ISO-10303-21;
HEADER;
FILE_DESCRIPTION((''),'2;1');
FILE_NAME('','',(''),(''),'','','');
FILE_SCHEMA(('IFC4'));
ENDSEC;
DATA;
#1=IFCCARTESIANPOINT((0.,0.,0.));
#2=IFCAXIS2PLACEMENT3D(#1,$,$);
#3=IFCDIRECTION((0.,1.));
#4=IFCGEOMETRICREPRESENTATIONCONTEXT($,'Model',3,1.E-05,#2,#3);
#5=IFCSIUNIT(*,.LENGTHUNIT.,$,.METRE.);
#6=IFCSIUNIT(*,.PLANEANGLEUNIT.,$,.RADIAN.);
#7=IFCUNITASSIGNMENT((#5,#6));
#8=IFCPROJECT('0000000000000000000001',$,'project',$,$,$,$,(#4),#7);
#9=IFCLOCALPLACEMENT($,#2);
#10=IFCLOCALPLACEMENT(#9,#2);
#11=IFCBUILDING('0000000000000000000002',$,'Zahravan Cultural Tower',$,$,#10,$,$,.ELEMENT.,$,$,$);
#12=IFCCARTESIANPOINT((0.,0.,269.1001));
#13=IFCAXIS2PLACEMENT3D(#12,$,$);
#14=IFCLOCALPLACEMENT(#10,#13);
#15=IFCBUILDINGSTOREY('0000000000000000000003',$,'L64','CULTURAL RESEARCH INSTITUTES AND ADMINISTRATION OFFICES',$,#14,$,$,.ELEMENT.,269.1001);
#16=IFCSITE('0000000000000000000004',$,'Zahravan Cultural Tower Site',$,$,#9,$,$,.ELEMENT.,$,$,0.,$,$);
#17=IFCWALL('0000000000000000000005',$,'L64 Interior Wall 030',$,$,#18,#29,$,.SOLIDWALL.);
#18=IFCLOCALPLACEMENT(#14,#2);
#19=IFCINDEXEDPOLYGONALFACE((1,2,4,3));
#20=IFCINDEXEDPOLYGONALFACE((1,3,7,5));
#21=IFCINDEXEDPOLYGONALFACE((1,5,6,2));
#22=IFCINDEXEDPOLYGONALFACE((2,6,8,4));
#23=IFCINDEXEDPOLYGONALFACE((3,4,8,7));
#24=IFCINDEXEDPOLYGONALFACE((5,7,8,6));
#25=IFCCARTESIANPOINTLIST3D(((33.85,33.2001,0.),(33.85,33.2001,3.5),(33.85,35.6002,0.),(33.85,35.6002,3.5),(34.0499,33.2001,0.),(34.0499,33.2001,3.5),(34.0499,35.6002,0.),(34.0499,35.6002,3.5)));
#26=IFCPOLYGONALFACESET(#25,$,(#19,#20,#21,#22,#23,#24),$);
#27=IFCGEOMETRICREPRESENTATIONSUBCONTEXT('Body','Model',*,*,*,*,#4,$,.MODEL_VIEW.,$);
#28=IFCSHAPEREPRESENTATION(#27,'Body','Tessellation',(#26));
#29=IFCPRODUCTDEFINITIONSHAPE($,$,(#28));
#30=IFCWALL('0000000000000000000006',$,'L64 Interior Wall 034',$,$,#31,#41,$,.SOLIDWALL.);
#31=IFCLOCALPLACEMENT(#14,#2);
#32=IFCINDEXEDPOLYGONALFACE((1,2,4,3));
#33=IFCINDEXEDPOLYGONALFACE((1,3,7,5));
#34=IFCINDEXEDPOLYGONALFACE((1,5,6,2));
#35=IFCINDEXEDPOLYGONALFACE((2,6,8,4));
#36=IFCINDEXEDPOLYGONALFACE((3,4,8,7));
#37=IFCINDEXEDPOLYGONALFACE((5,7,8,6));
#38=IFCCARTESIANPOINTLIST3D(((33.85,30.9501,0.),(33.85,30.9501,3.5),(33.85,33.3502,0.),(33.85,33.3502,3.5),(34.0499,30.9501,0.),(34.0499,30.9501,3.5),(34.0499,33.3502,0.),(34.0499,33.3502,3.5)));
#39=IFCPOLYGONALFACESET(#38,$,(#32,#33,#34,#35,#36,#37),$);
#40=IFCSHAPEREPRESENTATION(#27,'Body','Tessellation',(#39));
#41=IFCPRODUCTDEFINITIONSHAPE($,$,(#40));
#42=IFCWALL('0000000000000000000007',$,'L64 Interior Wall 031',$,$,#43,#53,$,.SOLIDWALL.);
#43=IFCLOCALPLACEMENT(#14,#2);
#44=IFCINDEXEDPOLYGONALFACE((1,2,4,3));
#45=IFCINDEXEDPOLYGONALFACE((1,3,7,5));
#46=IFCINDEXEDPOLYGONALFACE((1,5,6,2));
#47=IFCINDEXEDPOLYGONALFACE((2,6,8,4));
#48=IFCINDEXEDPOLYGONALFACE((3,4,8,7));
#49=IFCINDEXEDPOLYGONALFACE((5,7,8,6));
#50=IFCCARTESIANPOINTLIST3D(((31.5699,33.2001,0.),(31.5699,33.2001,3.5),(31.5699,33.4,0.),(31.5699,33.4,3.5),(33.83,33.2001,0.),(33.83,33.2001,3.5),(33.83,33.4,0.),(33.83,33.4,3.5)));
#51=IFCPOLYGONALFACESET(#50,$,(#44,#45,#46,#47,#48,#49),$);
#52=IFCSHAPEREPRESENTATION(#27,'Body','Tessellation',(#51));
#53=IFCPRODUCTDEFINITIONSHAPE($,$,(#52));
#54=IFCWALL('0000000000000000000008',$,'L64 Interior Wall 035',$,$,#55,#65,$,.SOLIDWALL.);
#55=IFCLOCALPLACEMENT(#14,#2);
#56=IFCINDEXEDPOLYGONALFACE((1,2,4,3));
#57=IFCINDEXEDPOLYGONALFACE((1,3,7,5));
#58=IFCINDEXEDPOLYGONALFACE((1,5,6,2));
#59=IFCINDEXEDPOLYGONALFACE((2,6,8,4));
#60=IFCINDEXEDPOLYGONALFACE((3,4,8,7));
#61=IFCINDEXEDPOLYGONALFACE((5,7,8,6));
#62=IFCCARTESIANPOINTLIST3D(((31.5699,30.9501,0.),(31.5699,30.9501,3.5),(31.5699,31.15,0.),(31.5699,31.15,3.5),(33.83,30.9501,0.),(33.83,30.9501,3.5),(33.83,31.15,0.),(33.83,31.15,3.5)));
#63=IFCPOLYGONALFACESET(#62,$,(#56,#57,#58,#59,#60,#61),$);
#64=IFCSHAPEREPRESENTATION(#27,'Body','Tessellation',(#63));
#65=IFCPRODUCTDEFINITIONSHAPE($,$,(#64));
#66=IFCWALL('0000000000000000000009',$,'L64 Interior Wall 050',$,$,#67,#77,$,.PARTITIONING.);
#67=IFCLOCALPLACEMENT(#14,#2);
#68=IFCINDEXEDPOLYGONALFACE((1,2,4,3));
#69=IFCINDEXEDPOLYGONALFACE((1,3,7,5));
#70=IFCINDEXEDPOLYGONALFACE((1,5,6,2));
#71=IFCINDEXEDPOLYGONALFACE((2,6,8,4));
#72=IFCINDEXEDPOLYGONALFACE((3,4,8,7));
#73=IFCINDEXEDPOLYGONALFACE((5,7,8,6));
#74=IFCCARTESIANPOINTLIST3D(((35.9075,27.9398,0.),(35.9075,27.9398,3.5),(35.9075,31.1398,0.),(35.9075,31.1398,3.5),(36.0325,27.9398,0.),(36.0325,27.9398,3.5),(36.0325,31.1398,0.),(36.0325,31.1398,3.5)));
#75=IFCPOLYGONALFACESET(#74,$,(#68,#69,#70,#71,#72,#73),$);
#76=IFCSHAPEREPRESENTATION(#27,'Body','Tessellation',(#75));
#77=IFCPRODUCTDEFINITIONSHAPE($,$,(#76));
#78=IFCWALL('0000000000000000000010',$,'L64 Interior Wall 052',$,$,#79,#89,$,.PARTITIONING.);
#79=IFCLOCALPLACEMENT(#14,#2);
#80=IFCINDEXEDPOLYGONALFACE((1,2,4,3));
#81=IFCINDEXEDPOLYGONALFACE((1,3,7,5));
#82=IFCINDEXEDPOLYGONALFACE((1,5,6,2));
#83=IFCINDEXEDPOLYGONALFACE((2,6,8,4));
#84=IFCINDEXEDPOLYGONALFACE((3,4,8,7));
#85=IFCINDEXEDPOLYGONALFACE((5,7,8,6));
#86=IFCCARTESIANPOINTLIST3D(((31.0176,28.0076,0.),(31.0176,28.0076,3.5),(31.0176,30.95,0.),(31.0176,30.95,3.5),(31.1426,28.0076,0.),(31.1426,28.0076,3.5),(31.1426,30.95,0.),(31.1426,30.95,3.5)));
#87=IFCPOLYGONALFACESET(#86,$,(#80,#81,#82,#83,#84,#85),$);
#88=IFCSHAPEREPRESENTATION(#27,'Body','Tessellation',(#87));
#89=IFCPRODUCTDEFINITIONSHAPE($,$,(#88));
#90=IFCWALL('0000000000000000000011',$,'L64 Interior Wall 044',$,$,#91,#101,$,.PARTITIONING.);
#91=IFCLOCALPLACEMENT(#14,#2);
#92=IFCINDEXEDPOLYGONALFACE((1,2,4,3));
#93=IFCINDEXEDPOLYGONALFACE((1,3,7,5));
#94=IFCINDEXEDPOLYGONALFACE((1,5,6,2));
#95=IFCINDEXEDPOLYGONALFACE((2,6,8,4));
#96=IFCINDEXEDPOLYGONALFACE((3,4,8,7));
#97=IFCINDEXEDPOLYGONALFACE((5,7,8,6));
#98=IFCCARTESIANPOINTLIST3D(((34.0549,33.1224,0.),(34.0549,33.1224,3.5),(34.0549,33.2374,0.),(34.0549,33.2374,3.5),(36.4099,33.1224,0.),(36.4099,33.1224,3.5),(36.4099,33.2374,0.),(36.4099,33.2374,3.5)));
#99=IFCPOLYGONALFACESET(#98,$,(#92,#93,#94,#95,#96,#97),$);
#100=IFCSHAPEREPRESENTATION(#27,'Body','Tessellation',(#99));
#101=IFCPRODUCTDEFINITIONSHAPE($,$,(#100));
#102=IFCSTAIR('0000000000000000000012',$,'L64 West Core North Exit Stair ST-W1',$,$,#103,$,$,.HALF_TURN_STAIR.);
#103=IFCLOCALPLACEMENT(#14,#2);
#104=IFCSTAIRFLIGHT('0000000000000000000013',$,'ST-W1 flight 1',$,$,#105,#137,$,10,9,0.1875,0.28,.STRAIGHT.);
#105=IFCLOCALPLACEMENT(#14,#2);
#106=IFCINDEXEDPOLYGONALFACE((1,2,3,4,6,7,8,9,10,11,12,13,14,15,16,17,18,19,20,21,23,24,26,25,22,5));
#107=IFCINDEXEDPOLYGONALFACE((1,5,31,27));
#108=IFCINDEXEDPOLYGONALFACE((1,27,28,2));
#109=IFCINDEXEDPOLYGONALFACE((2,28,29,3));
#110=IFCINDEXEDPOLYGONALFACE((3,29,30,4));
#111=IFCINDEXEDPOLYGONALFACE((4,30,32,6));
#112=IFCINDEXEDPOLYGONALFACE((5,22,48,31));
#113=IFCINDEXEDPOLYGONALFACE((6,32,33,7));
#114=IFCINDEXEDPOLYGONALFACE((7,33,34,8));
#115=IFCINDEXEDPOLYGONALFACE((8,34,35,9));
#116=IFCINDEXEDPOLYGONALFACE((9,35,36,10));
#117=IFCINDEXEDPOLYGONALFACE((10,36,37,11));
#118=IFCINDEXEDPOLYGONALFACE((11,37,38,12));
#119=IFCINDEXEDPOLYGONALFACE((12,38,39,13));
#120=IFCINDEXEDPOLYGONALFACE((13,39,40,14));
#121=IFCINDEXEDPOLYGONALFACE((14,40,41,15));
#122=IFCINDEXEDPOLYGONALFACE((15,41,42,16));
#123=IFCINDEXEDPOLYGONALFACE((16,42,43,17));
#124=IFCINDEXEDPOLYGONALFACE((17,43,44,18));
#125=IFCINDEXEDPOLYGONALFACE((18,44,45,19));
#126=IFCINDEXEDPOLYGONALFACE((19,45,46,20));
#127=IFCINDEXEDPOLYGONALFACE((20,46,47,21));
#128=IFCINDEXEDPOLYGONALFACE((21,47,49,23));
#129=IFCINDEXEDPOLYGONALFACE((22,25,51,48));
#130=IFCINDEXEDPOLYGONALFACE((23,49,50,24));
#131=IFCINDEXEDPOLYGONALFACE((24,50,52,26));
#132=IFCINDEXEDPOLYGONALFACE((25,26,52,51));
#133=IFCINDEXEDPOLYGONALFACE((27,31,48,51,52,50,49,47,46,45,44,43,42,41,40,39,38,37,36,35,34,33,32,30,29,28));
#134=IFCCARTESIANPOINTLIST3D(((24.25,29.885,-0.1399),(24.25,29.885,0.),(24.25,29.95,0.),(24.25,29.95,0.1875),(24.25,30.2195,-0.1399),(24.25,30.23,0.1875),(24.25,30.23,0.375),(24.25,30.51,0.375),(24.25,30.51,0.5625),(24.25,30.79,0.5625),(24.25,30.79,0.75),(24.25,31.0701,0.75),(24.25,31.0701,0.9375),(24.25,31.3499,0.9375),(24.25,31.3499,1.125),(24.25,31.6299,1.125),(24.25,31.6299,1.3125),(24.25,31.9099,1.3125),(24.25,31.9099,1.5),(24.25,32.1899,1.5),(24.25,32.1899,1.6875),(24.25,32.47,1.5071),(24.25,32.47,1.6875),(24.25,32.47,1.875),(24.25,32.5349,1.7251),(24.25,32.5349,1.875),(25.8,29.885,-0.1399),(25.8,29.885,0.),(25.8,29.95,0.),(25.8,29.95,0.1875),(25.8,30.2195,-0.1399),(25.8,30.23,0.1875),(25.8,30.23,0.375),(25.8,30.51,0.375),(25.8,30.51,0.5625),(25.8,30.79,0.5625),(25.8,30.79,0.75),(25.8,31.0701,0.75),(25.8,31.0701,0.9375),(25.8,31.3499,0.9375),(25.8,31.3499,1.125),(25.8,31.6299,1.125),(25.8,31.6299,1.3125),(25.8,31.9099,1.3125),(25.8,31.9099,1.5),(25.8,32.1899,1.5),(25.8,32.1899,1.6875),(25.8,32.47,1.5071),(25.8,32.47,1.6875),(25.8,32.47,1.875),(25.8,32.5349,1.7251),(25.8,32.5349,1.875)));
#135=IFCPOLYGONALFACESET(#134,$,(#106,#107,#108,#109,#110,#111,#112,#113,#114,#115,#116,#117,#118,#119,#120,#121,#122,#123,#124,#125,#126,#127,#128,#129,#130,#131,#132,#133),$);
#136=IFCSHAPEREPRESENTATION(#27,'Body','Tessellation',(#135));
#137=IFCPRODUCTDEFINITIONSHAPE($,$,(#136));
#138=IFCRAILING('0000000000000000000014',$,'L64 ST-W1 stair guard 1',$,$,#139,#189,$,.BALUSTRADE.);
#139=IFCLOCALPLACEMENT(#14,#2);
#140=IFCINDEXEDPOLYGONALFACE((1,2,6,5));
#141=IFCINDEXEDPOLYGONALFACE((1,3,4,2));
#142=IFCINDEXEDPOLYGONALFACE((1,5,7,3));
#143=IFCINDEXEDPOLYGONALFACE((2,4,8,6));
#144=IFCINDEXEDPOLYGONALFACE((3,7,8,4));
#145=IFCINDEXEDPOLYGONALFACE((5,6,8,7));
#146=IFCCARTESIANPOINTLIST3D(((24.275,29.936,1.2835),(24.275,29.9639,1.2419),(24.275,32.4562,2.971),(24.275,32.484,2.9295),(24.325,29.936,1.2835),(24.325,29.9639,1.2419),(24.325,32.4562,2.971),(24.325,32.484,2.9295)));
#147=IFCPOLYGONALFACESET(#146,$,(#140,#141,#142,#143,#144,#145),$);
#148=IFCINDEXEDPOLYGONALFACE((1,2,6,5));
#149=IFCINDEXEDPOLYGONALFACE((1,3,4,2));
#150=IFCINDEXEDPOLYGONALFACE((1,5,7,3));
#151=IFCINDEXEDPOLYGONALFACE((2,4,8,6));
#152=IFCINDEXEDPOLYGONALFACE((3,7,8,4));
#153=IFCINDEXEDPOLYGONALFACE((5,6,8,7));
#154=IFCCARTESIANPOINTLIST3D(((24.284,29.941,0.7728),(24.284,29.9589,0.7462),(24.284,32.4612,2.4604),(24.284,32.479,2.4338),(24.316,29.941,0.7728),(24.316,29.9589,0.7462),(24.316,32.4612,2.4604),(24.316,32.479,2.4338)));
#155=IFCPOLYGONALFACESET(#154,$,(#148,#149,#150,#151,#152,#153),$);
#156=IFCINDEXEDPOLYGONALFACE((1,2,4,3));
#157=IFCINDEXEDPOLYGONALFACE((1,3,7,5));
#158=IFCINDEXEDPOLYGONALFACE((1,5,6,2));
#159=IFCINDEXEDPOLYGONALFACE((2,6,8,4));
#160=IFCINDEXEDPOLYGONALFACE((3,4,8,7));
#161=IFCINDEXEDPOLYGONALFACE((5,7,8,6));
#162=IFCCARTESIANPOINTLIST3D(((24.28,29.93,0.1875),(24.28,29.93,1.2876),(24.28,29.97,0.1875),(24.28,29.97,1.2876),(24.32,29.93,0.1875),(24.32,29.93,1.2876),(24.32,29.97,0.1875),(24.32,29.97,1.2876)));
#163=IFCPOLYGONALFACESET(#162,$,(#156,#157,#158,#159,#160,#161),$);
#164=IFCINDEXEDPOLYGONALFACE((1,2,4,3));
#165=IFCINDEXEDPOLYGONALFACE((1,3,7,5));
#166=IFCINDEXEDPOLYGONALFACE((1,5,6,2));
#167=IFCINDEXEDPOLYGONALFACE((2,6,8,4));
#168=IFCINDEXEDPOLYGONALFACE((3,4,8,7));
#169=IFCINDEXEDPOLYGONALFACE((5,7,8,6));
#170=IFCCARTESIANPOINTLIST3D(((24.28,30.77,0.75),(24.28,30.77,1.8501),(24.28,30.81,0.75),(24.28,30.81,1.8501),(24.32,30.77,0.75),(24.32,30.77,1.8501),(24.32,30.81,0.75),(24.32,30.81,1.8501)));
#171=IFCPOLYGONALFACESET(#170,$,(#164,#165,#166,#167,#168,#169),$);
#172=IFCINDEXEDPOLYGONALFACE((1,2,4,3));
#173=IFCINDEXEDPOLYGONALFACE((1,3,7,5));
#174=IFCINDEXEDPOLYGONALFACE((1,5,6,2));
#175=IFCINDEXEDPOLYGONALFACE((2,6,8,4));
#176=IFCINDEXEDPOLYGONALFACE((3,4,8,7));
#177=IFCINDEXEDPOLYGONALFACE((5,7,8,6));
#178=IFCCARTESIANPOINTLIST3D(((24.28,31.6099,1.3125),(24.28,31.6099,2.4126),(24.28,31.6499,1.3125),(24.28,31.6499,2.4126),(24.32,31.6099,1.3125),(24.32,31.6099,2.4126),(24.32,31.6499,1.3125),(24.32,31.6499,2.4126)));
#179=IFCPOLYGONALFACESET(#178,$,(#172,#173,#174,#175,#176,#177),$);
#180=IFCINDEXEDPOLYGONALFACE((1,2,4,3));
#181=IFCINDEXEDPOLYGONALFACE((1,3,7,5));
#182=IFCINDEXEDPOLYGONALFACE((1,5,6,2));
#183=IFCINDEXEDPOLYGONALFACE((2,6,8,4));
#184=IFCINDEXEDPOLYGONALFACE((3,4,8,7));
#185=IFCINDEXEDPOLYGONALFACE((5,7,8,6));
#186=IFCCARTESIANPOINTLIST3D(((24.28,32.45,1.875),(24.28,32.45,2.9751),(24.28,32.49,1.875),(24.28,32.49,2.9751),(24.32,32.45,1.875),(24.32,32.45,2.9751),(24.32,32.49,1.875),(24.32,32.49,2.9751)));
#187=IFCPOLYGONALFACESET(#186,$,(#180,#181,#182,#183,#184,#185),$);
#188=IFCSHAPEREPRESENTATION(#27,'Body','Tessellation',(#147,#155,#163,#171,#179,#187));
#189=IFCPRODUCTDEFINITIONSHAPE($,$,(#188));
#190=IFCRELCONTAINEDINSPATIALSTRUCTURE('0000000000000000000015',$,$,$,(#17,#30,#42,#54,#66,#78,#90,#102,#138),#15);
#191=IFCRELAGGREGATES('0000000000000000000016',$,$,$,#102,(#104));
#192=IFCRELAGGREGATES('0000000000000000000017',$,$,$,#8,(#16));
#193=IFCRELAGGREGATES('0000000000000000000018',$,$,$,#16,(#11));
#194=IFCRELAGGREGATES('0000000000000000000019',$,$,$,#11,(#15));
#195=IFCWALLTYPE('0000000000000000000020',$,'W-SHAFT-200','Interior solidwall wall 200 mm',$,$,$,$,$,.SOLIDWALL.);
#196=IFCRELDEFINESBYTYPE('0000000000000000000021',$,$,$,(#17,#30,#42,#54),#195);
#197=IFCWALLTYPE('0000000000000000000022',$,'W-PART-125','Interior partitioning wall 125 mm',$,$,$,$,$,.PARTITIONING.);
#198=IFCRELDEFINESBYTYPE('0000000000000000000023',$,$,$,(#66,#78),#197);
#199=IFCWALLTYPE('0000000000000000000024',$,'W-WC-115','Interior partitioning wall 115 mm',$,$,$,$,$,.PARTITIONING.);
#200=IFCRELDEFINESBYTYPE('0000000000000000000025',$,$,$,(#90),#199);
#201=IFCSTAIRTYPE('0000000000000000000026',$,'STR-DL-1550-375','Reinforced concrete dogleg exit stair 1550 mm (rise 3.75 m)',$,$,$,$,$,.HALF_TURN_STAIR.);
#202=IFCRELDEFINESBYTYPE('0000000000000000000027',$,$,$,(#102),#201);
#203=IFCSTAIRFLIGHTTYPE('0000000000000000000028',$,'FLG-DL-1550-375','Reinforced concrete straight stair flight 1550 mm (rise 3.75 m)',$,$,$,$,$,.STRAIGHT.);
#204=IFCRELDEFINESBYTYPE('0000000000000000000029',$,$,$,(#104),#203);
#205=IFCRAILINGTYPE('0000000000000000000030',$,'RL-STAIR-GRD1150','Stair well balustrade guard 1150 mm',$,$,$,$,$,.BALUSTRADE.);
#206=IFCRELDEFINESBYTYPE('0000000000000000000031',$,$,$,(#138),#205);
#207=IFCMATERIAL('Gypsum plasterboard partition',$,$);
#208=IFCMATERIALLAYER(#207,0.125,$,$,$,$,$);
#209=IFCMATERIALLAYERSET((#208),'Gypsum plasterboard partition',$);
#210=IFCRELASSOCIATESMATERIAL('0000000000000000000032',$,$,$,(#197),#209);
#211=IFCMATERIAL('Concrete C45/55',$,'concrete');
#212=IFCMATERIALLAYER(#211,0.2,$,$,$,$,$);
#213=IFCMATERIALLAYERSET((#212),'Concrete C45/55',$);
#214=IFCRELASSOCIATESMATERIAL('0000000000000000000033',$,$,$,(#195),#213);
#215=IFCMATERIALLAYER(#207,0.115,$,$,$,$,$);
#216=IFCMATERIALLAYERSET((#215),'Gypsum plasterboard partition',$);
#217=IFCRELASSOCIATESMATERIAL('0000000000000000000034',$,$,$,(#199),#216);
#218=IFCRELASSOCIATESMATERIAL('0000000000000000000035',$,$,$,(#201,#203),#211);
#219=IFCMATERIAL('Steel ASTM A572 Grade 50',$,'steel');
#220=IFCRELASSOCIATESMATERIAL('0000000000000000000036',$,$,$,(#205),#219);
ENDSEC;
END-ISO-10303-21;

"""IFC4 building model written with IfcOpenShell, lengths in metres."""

from ifc_helpers import new_model, si_unit, direction, frame, frame_2d, origin, origin_2d, place, context, subcontext, project, spatial, polyline, rectangle, outline, extrude, source, transform, mapped, material, layer, layer_set, type_object, element, aggregate, save


model = new_model("IFC4")

# Units and contexts
model_context = context("Model", 3, precision=1e-05, world=origin(), true_north=direction((0.0, 1.0)))
body_context = subcontext(model_context, "Body", "Model", "MODEL_VIEW")
ifc_project = project(units=[si_unit("LENGTHUNIT", "METRE"), si_unit("PLANEANGLEUNIT", "RADIAN")], contexts=[model_context])

# Site, building, storey
site_placement = place(None, origin())
site = spatial("IfcSite", under=ifc_project, at=site_placement, Name="Zahravan Cultural Tower Site", CompositionType="ELEMENT", RefElevation=0.0)
building_placement = place(site_placement, origin())
building = spatial("IfcBuilding", under=site, at=building_placement, Name="Zahravan Cultural Tower", CompositionType="ELEMENT")
storey_placement = place(building_placement, frame((0.0, 0.0, 269.1001)))
storey = spatial("IfcBuildingStorey", under=building, at=storey_placement, Name="L64", Description="CULTURAL RESEARCH INSTITUTES AND ADMINISTRATION OFFICES", CompositionType="ELEMENT", Elevation=269.1001)

# Shared definitions
ifc_material_1 = material(Name="Steel ASTM A572 Grade 50", Category="steel")
ifc_material_2 = material(Name="Gypsum plasterboard partition")
ifc_layer_1 = layer(ifc_material_2, 0.125)
ifc_layer_set_1 = layer_set([ifc_layer_1], Name="Gypsum plasterboard partition")
wall_type_1 = type_object("IfcWallType", Name="W-PART-125", Description="Interior partitioning wall 125 mm", PredefinedType="PARTITIONING", material=ifc_layer_set_1)
ifc_material_3 = material(Name="Concrete C45/55", Category="concrete")
ifc_layer_2 = layer(ifc_material_3, 0.2)
ifc_layer_set_2 = layer_set([ifc_layer_2], Name="Concrete C45/55")
wall_type_2 = type_object("IfcWallType", Name="W-SHAFT-200", Description="Interior solidwall wall 200 mm", PredefinedType="SOLIDWALL", material=ifc_layer_set_2)

# Walls
shared_shape_1 = source(origin(), body_context, "Body", "SweptSolid", [
    extrude(rectangle(XDim=2.4001, YDim=0.2, at=frame_2d((1.2002, 0.0))), origin(), (0.0, 0.0, 1.0), 3.5),
])
for number, where, z_axis, x_axis, name in (
    (1, (33.95, 33.2, 0.0), (0.0, 0.0, 1.0), (0.0, 1.0, 0.0), "L64 Interior Wall 030"),
    (2, (33.95, 30.95, 0.0), (0.0, 0.0, 1.0), (0.0, 1.0, 0.0), "L64 Interior Wall 034"),
):
    element("IfcWall", number, at=place(storey_placement, frame(where, z_axis=z_axis, x_axis=x_axis)), inside=storey, type_object=wall_type_2, Name=name, PredefinedType="SOLIDWALL", context=body_context, shape_type="MappedRepresentation", body=[
        mapped(shared_shape_1, transform((0.0, 0.0, 0.0), x_axis=(1.0, 0.0, 0.0), y_axis=(0.0, 1.0, 0.0), z_axis=(0.0, 0.0, 1.0), scale=1.0)),
    ])
shared_shape_2 = source(origin(), body_context, "Body", "SweptSolid", [
    extrude(rectangle(XDim=2.26, YDim=0.2, at=frame_2d((1.1299, 0.0))), origin(), (0.0, 0.0, 1.0), 3.5),
])
for number, where, z_axis, x_axis, name in (
    (3, (31.5701, 33.3, 0.0), (0.0, 0.0, 1.0), (1.0, 0.0, 0.0), "L64 Interior Wall 031"),
    (4, (31.5701, 31.05, 0.0), (0.0, 0.0, 1.0), (1.0, 0.0, 0.0), "L64 Interior Wall 035"),
):
    element("IfcWall", number, at=place(storey_placement, frame(where, z_axis=z_axis, x_axis=x_axis)), inside=storey, type_object=wall_type_2, Name=name, PredefinedType="SOLIDWALL", context=body_context, shape_type="MappedRepresentation", body=[
        mapped(shared_shape_2, transform((0.0, 0.0, 0.0), x_axis=(1.0, 0.0, 0.0), y_axis=(0.0, 1.0, 0.0), z_axis=(0.0, 0.0, 1.0), scale=1.0)),
    ])
shared_shape_3 = source(origin(), body_context, "Body", "SweptSolid", [
    extrude(rectangle(XDim=3.2, YDim=0.125, at=frame_2d((1.6001, 0.0))), origin(), (0.0, 0.0, 1.0), 3.5),
])
wall_1_placement = place(storey_placement, frame((35.97, 31.1399, 0.0), z_axis=(0.0, 0.0, 1.0), x_axis=(0.0, -1.0, 0.0)))
element("IfcWall", 5, at=wall_1_placement, inside=storey, type_object=wall_type_1, Name="L64 Interior Wall 050", PredefinedType="PARTITIONING", context=body_context, shape_type="MappedRepresentation", body=[
    mapped(shared_shape_3, transform((0.0, 0.0, 0.0), x_axis=(1.0, 0.0, 0.0), y_axis=(0.0, 1.0, 0.0), z_axis=(0.0, 0.0, 1.0), scale=1.0)),
])
shared_shape_4 = source(origin(), body_context, "Body", "SweptSolid", [
    extrude(rectangle(XDim=2.9424, YDim=0.125, at=frame_2d((1.4712, 0.0))), origin(), (0.0, 0.0, 1.0), 3.5),
])
wall_2_placement = place(storey_placement, frame((31.0801, 28.0076, 0.0), z_axis=(0.0, 0.0, 1.0), x_axis=(0.0, 1.0, 0.0)))
element("IfcWall", 6, at=wall_2_placement, inside=storey, type_object=wall_type_1, Name="L64 Interior Wall 052", PredefinedType="PARTITIONING", context=body_context, shape_type="MappedRepresentation", body=[
    mapped(shared_shape_4, transform((0.0, 0.0, 0.0), x_axis=(1.0, 0.0, 0.0), y_axis=(0.0, 1.0, 0.0), z_axis=(0.0, 0.0, 1.0), scale=1.0)),
])
ifc_layer_3 = layer(ifc_material_2, 0.115)
ifc_layer_set_3 = layer_set([ifc_layer_3], Name="Gypsum plasterboard partition")
wall_type_3 = type_object("IfcWallType", Name="W-WC-115", Description="Interior partitioning wall 115 mm", PredefinedType="PARTITIONING", material=ifc_layer_set_3)
shared_shape_5 = source(origin(), body_context, "Body", "SweptSolid", [
    extrude(rectangle(XDim=2.355, YDim=0.115, at=frame_2d((1.1775, 0.0))), origin(), (0.0, 0.0, 1.0), 3.5),
])
wall_3_placement = place(storey_placement, frame((34.0549, 33.1799, 0.0), z_axis=(0.0, 0.0, 1.0), x_axis=(1.0, 0.0, 0.0)))
element("IfcWall", 7, at=wall_3_placement, inside=storey, type_object=wall_type_3, Name="L64 Interior Wall 044", PredefinedType="PARTITIONING", context=body_context, shape_type="MappedRepresentation", body=[
    mapped(shared_shape_5, transform((0.0, 0.0, 0.0), x_axis=(1.0, 0.0, 0.0), y_axis=(0.0, 1.0, 0.0), z_axis=(0.0, 0.0, 1.0), scale=1.0)),
])

# Stair, stair flight
stair_type = type_object("IfcStairType", Name="STR-DL-1550-375", Description="Reinforced concrete dogleg exit stair 1550 mm (rise 3.75 m)", PredefinedType="HALF_TURN_STAIR", material=ifc_material_3)
stair_placement = place(storey_placement, origin())
stair = element("IfcStair", 8, at=stair_placement, inside=storey, type_object=stair_type, Name="L64 West Core North Exit Stair ST-W1", PredefinedType="HALF_TURN_STAIR")
stair_flight_type = type_object("IfcStairFlightType", Name="FLG-DL-1550-375", Description="Reinforced concrete straight stair flight 1550 mm (rise 3.75 m)", PredefinedType="STRAIGHT", material=ifc_material_3)
stair_flight_placement = place(storey_placement, frame((25.0249, 29.95, 0.0), z_axis=(0.0, 0.0, 1.0), x_axis=(0.0, 1.0, 0.0)))
stair_flight = element("IfcStairFlight", 9, at=stair_flight_placement, type_object=stair_flight_type, Name="ST-W1 flight 1", NumberOfRisers=10, NumberOfTreads=9, PredefinedType="STRAIGHT", RiserHeight=0.1875, TreadLength=0.28, context=body_context, shape_type="SweptSolid", body=[
    extrude(outline(polyline([(-0.0649, -0.1399), (-0.0649, 0.0), (0.0, 0.0), (0.0, 0.1875), (0.28, 0.1875), (0.28, 0.375), (0.5601, 0.375), (0.5601, 0.5625), (0.8401, 0.5625), (0.8401, 0.75), (1.1201, 0.75), (1.1201, 0.9375), (1.3999, 0.9375), (1.3999, 1.125), (1.6799, 1.125), (1.6799, 1.3125), (1.96, 1.3125), (1.96, 1.5), (2.24, 1.5), (2.24, 1.6875), (2.52, 1.6875), (2.52, 1.875), (2.585, 1.875), (2.585, 1.7251), (2.52, 1.5071), (0.2695, -0.1399), (-0.0649, -0.1399)])), frame((0.0, 0.7749, 0.0), z_axis=(0.0, -1.0, 0.0), x_axis=(1.0, 0.0, 0.0)), (0.0, 0.0, 1.0), 1.55),
])
aggregate(stair, [stair_flight])

# Railing
railing_type_1 = type_object("IfcRailingType", Name="RL-STAIR-GRD1150", Description="Stair well balustrade guard 1150 mm", PredefinedType="BALUSTRADE", material=ifc_material_1)
railing_1_placement = place(storey_placement, frame((24.3, 29.95, 0.1875)))
element("IfcRailing", 10, at=railing_1_placement, inside=storey, type_object=railing_type_1, Name="L64 ST-W1 stair guard 1", PredefinedType="BALUSTRADE", context=body_context, shape_type="SweptSolid", body=[
    extrude(rectangle(XDim=0.05, YDim=0.05, at=origin_2d()), frame((0.0, 0.0, 1.0752), z_axis=(0.0, 0.830909, 0.556408), x_axis=(-1.0, 0.0, 0.0)), (0.0, 0.0, 1.0), 3.033),
    extrude(rectangle(XDim=0.032, YDim=0.032, at=origin_2d()), frame((0.0, 0.0, 0.572), z_axis=(0.0, 0.830909, 0.556408), x_axis=(-1.0, 0.0, 0.0)), (0.0, 0.0, 1.0), 3.033),
    extrude(rectangle(XDim=0.04, YDim=0.04, at=origin_2d()), origin(), (0.0, 0.0, 1.0), 1.1001),
    extrude(rectangle(XDim=0.04, YDim=0.04, at=origin_2d()), frame((0.0, 0.8401, 0.5625)), (0.0, 0.0, 1.0), 1.1001),
    extrude(rectangle(XDim=0.04, YDim=0.04, at=origin_2d()), frame((0.0, 1.6799, 1.125)), (0.0, 0.0, 1.0), 1.1001),
    extrude(rectangle(XDim=0.04, YDim=0.04, at=origin_2d()), frame((0.0, 2.52, 1.6875)), (0.0, 0.0, 1.0), 1.1001),
])

save(model, "model.ifc")
